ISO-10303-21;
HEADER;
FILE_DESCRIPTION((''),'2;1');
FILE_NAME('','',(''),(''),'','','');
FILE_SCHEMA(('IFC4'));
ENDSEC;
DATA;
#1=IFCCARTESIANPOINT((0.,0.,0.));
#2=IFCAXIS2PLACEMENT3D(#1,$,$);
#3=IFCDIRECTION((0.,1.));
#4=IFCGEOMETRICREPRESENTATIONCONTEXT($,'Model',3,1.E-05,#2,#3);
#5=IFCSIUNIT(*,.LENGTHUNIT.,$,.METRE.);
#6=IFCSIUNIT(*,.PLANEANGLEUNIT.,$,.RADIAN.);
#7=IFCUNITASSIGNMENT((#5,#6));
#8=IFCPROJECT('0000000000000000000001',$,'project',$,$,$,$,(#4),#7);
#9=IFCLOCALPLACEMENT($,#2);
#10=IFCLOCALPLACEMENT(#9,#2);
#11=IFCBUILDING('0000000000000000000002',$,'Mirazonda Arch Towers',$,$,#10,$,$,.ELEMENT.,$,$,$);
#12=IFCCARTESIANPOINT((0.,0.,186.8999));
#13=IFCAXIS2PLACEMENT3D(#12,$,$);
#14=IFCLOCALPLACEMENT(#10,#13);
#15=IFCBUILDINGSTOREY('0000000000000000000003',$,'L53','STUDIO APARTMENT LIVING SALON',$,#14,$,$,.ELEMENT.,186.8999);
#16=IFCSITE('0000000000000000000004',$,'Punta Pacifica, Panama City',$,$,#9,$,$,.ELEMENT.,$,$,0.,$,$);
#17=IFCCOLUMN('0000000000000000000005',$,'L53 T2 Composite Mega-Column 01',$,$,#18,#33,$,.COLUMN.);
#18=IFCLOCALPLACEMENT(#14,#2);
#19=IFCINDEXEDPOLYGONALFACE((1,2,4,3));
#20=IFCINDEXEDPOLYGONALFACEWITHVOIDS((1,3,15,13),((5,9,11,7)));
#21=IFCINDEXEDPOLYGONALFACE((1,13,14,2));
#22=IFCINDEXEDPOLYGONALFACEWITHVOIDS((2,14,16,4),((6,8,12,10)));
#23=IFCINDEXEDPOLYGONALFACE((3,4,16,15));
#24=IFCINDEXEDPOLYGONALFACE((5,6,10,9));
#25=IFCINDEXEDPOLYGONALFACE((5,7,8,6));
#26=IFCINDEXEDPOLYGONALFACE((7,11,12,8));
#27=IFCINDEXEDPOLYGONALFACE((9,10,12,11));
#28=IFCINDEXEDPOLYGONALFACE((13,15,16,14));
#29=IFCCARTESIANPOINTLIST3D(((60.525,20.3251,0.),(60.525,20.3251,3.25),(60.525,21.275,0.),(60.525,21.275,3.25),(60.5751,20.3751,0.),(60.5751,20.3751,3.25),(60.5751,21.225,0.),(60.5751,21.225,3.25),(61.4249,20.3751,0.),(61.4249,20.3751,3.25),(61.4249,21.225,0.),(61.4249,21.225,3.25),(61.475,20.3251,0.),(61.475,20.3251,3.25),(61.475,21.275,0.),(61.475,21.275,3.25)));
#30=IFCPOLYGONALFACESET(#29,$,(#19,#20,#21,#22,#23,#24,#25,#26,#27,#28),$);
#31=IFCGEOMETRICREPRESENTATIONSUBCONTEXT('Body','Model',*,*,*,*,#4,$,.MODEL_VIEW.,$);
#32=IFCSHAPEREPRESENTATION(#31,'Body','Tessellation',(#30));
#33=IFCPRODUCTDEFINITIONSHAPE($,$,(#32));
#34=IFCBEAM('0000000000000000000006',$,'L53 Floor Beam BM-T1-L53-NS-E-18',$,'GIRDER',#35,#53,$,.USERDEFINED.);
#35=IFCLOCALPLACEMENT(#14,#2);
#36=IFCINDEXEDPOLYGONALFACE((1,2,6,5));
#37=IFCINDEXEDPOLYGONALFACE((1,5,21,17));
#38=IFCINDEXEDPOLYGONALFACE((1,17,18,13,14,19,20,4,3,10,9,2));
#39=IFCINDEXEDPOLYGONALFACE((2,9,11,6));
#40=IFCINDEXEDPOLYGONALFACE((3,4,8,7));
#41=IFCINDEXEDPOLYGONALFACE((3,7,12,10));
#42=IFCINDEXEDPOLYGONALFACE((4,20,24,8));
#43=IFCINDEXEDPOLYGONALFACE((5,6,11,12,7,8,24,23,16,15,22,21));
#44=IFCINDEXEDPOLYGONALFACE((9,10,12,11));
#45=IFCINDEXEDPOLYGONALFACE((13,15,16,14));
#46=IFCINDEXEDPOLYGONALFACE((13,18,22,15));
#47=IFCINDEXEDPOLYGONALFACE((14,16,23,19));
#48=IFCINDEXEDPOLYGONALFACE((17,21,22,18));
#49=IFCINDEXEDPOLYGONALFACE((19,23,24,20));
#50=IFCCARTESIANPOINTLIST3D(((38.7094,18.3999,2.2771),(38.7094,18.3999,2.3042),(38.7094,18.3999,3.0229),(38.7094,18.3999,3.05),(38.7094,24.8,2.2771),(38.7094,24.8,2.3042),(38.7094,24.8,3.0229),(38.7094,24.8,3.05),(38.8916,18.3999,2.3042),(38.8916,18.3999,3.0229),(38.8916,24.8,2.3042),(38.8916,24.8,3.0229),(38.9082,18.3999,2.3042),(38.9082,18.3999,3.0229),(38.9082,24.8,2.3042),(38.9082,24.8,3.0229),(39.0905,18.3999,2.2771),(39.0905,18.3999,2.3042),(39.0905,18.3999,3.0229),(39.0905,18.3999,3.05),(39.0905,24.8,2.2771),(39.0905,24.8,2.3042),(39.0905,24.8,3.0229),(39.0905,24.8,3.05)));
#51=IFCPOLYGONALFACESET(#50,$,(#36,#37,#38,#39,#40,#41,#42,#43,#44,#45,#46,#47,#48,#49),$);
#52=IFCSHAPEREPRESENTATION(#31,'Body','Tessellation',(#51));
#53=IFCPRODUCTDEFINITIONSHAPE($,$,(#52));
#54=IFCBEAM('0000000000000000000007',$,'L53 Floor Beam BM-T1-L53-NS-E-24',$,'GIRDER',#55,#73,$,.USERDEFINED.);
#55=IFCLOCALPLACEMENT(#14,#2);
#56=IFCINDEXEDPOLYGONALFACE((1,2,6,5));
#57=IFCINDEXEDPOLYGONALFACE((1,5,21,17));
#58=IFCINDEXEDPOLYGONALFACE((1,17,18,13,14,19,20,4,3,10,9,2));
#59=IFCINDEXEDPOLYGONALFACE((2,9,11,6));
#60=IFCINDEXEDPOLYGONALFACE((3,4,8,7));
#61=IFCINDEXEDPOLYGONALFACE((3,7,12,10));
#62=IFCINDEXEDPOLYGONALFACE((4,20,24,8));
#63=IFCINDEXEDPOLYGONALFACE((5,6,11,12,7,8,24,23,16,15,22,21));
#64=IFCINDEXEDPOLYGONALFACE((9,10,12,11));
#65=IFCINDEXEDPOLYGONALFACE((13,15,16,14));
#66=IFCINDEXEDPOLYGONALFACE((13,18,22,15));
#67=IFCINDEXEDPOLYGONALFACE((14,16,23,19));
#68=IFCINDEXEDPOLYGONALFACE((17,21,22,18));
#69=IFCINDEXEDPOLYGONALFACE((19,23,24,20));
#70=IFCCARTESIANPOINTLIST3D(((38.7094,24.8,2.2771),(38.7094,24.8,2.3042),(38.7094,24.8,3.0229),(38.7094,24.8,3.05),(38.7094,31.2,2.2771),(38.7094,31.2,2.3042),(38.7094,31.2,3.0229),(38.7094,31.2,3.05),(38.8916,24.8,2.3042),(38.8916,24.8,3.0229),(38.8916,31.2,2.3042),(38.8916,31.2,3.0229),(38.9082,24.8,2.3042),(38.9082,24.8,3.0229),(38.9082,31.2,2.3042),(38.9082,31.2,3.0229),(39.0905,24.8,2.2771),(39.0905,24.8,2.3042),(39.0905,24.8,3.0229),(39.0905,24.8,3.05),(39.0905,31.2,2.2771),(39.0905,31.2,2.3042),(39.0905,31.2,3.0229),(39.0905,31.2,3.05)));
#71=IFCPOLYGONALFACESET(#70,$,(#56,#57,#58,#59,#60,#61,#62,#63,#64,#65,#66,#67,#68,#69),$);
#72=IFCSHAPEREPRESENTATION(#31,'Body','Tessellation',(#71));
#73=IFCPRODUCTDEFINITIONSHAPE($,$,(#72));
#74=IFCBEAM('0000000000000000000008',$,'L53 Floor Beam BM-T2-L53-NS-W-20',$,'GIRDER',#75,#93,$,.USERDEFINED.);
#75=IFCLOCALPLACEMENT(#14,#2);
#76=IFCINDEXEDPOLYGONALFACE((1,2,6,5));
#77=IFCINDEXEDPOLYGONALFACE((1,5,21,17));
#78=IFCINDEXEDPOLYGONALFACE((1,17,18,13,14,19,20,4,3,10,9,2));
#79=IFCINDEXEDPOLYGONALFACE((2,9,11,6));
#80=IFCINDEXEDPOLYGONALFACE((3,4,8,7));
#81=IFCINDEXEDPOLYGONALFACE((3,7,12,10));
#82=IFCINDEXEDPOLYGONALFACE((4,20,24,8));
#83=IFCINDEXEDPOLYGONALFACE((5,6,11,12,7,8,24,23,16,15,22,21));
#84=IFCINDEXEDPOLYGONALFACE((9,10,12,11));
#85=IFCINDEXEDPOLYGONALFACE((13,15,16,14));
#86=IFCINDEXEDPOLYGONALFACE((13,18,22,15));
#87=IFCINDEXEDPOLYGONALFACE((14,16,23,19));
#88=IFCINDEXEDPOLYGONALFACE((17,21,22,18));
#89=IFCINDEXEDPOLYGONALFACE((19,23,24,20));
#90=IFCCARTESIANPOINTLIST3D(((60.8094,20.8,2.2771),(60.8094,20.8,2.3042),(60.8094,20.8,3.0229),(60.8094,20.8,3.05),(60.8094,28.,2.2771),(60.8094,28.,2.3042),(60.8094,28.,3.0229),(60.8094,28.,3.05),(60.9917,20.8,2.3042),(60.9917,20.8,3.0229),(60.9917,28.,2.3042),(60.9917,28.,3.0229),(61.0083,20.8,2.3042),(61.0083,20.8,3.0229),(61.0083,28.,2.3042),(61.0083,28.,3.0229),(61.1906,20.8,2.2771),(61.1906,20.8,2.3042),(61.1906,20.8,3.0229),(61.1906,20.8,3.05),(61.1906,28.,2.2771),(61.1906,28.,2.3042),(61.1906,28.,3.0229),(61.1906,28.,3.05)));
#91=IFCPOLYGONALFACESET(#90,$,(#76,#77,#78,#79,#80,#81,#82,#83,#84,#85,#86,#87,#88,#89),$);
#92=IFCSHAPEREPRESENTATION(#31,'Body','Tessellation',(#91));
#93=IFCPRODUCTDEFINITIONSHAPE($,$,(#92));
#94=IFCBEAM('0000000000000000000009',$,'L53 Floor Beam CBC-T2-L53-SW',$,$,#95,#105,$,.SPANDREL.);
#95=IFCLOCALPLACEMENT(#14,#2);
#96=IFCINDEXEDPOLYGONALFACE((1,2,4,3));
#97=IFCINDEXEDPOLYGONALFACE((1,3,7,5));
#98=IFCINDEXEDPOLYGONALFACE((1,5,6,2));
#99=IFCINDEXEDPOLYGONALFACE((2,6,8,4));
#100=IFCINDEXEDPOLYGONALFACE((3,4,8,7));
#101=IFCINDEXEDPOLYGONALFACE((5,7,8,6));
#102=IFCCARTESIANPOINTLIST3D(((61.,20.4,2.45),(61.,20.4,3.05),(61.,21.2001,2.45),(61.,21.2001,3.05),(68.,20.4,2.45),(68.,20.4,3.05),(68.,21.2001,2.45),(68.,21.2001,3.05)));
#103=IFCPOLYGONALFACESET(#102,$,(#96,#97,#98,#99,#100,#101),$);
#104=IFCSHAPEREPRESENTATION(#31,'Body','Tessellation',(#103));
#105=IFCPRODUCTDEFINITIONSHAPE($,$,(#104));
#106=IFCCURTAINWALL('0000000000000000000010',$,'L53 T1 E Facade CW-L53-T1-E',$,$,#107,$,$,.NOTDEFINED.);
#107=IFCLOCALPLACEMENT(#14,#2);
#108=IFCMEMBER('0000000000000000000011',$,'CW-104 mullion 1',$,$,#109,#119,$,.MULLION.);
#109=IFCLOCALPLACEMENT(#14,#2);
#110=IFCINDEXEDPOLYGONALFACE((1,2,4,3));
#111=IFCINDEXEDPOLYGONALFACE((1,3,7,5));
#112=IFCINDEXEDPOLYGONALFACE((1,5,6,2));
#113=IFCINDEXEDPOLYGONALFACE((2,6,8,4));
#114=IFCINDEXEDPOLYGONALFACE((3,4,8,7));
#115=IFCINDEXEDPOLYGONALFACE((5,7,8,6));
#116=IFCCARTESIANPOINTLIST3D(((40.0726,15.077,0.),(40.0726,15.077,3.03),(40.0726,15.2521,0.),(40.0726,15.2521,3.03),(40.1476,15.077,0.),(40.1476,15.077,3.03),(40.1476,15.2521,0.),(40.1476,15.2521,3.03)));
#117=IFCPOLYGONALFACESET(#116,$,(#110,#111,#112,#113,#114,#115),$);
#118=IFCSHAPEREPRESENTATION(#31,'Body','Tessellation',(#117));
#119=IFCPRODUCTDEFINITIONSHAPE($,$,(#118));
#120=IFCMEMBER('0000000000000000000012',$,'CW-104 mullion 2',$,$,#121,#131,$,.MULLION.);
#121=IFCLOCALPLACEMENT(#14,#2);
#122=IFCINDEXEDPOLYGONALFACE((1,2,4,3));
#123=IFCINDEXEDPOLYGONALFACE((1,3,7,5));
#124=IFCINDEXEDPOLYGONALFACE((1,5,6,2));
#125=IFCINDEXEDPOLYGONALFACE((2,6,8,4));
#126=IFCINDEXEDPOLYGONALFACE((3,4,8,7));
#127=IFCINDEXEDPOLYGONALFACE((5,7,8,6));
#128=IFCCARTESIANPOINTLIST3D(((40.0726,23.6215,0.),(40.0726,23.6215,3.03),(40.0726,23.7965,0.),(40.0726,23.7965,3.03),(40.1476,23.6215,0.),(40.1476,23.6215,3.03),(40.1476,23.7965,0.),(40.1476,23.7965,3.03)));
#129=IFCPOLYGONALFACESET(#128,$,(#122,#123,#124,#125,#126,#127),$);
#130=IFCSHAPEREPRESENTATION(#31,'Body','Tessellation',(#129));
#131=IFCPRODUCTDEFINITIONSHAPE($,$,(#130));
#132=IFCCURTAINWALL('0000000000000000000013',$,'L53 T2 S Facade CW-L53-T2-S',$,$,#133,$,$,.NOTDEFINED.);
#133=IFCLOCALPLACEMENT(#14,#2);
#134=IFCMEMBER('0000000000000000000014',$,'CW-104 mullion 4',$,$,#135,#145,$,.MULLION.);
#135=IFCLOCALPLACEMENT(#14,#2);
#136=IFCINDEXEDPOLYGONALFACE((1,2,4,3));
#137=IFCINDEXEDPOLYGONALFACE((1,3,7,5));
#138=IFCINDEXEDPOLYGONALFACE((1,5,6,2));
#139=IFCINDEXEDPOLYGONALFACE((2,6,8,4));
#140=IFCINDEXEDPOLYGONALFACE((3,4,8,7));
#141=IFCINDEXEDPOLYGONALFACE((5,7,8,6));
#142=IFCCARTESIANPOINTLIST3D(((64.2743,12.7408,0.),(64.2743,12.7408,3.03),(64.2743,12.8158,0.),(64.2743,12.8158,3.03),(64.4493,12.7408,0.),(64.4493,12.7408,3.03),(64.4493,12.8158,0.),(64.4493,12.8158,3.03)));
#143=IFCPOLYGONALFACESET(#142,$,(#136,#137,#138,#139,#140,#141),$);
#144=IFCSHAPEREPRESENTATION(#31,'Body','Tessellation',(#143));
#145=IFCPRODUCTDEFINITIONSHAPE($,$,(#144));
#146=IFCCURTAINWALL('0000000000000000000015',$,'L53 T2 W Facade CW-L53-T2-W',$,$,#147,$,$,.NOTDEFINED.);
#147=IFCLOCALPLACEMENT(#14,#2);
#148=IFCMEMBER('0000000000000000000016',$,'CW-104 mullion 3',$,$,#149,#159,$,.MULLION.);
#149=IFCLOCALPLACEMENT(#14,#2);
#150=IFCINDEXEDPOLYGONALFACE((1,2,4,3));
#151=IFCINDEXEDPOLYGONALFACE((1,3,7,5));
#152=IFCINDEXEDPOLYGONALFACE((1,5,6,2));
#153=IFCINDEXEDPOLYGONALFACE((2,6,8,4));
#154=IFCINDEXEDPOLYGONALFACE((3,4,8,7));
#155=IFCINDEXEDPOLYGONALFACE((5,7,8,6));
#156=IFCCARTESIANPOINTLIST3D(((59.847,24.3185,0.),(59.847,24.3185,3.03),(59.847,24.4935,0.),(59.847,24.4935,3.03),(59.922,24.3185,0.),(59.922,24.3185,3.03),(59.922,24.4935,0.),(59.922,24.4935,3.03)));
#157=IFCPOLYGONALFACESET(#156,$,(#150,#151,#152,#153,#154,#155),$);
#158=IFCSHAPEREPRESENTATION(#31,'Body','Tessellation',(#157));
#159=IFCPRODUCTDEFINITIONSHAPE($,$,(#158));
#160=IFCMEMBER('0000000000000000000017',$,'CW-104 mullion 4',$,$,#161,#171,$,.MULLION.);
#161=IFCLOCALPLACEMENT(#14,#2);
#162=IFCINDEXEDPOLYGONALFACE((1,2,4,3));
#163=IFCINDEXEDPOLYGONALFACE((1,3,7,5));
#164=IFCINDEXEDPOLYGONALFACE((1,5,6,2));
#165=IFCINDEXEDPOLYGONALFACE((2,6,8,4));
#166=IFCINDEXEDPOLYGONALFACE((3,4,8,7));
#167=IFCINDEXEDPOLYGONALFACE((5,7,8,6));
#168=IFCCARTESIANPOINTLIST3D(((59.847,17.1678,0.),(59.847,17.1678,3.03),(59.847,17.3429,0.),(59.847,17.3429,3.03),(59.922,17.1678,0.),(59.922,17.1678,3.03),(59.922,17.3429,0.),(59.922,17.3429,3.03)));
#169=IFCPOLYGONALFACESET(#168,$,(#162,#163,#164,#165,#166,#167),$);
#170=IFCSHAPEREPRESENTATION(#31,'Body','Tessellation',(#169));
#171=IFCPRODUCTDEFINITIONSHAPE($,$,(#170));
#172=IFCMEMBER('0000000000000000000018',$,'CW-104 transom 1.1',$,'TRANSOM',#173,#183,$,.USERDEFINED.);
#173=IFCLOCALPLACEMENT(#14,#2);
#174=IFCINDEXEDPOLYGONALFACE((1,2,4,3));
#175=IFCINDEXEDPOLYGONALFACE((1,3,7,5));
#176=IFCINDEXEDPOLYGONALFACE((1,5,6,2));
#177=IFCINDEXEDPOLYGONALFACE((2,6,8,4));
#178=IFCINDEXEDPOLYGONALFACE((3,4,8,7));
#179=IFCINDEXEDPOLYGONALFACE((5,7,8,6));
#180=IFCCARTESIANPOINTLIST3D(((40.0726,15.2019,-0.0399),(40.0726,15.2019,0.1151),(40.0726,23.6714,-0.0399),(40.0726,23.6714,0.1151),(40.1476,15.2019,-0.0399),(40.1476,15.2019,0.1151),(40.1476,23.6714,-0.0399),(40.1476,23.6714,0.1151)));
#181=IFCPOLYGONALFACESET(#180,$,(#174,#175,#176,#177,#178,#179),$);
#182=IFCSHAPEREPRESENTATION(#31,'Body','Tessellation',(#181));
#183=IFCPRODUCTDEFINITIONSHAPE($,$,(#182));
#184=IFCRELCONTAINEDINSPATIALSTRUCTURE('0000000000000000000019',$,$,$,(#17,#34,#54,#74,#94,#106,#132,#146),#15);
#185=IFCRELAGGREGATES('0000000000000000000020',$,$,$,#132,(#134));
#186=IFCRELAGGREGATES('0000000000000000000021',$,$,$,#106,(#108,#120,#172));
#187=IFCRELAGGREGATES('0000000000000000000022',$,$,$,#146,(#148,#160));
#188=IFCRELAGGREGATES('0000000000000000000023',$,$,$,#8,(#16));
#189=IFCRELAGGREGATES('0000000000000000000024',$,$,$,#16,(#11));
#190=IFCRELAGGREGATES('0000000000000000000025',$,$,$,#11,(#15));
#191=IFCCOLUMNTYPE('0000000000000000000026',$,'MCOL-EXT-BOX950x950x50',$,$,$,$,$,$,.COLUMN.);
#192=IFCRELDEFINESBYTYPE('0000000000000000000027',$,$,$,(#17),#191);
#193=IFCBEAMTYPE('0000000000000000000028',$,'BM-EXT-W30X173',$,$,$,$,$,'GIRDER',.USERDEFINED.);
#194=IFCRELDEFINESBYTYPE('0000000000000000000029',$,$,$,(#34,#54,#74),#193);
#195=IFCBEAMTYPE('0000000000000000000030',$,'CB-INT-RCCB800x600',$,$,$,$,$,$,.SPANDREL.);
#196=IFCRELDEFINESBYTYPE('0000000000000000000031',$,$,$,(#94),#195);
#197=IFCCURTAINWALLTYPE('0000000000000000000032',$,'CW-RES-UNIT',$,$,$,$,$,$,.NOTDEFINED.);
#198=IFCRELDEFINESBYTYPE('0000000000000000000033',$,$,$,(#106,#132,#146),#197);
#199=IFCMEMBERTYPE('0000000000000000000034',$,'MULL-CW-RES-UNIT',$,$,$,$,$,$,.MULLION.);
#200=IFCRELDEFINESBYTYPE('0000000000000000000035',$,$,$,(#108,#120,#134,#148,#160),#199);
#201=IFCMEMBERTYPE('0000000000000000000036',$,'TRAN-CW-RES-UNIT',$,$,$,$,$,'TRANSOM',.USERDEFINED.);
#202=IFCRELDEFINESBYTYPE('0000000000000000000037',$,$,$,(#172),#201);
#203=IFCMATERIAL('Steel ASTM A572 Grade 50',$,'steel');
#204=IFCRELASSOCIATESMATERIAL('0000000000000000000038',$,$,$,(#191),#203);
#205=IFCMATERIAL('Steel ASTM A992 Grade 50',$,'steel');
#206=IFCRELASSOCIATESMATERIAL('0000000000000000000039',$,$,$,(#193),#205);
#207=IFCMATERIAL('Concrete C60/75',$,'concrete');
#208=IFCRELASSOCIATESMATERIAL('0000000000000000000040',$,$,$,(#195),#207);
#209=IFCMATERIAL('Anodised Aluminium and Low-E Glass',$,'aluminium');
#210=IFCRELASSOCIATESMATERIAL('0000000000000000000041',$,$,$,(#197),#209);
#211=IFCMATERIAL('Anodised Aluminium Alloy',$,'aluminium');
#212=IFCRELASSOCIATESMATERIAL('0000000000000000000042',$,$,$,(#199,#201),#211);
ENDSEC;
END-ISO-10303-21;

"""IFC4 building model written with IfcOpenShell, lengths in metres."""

from ifc_helpers import new_model, si_unit, direction, frame, origin, origin_2d, place, context, subcontext, project, spatial, rectangle, hollow_rectangle, i_section, extrude, material, material_profile, profile_set, type_object, element, aggregate, save


model = new_model("IFC4")

# Units and contexts
model_context = context("Model", 3, precision=1e-05, world=origin(), true_north=direction((0.0, 1.0)))
body_context = subcontext(model_context, "Body", "Model", "MODEL_VIEW")
ifc_project = project(units=[si_unit("LENGTHUNIT", "METRE"), si_unit("PLANEANGLEUNIT", "RADIAN")], contexts=[model_context])

# Site, building, storey
site_placement = place(None, origin())
site = spatial("IfcSite", under=ifc_project, at=site_placement, Name="Punta Pacifica, Panama City", CompositionType="ELEMENT", RefElevation=0.0)
building_placement = place(site_placement, origin())
building = spatial("IfcBuilding", under=site, at=building_placement, Name="Mirazonda Arch Towers", CompositionType="ELEMENT")
storey_placement = place(building_placement, frame((0.0, 0.0, 186.8999)))
storey = spatial("IfcBuildingStorey", under=building, at=storey_placement, Name="L53", Description="STUDIO APARTMENT LIVING SALON", CompositionType="ELEMENT", Elevation=186.8999)

# Column
ifc_material_1 = material(Name="Steel ASTM A572 Grade 50", Category="steel")
ifc_material_profile_1 = material_profile(ifc_material_1, hollow_rectangle(XDim=0.95, YDim=0.95, WallThickness=0.05, at=origin_2d()), Name="BOX950x950x50")
ifc_profile_set_1 = profile_set([ifc_material_profile_1], Name="Steel ASTM A572 Grade 50")
column_type = type_object("IfcColumnType", Name="MCOL-EXT-BOX950x950x50", PredefinedType="COLUMN", material=ifc_profile_set_1)
column_placement = place(storey_placement, frame((61.0, 20.8, 0.0), z_axis=(0.0, 0.0, 1.0), x_axis=(1.0, 0.0, 0.0)))
element("IfcColumn", 1, at=column_placement, inside=storey, type_object=column_type, Name="L53 T2 Composite Mega-Column 01", PredefinedType="COLUMN", context=body_context, shape_type="SweptSolid", body=[
    extrude(hollow_rectangle(XDim=0.95, YDim=0.95, WallThickness=0.05, at=origin_2d()), origin(), (0.0, 0.0, 1.0), 3.25),
])

# Beams
ifc_material_2 = material(Name="Steel ASTM A992 Grade 50", Category="steel")
ifc_material_profile_2 = material_profile(ifc_material_2, i_section(OverallWidth=0.3811, OverallDepth=0.7729, WebThickness=0.0166, FlangeThickness=0.0271, at=origin_2d()), Name="W30X173")
ifc_profile_set_2 = profile_set([ifc_material_profile_2], Name="Steel ASTM A992 Grade 50")
beam_type_1 = type_object("IfcBeamType", Name="BM-EXT-W30X173", ElementType="GIRDER", PredefinedType="USERDEFINED", material=ifc_profile_set_2)
beam_1_placement = place(storey_placement, frame((38.8999, 18.3999, 2.6636), z_axis=(0.0, 1.0, 0.0), x_axis=(-1.0, 0.0, 0.0)))
element("IfcBeam", 2, at=beam_1_placement, inside=storey, type_object=beam_type_1, Name="L53 Floor Beam BM-T1-L53-NS-E-18", ObjectType="GIRDER", PredefinedType="USERDEFINED", context=body_context, shape_type="SweptSolid", body=[
    extrude(i_section(OverallWidth=0.3811, OverallDepth=0.7729, WebThickness=0.0166, FlangeThickness=0.0271, at=origin_2d()), origin(), (0.0, 0.0, 1.0), 6.4001),
])
beam_2_placement = place(storey_placement, frame((38.8999, 24.8, 2.6636), z_axis=(0.0, 1.0, 0.0), x_axis=(-1.0, 0.0, 0.0)))
element("IfcBeam", 3, at=beam_2_placement, inside=storey, type_object=beam_type_1, Name="L53 Floor Beam BM-T1-L53-NS-E-24", ObjectType="GIRDER", PredefinedType="USERDEFINED", context=body_context, shape_type="SweptSolid", body=[
    extrude(i_section(OverallWidth=0.3811, OverallDepth=0.7729, WebThickness=0.0166, FlangeThickness=0.0271, at=origin_2d()), origin(), (0.0, 0.0, 1.0), 6.3999),
])
beam_3_placement = place(storey_placement, frame((61.0, 20.8, 2.6636), z_axis=(0.0, 1.0, 0.0), x_axis=(-1.0, 0.0, 0.0)))
element("IfcBeam", 4, at=beam_3_placement, inside=storey, type_object=beam_type_1, Name="L53 Floor Beam BM-T2-L53-NS-W-20", ObjectType="GIRDER", PredefinedType="USERDEFINED", context=body_context, shape_type="SweptSolid", body=[
    extrude(i_section(OverallWidth=0.3811, OverallDepth=0.7729, WebThickness=0.0166, FlangeThickness=0.0271, at=origin_2d()), origin(), (0.0, 0.0, 1.0), 7.2),
])
ifc_material_3 = material(Name="Concrete C60/75", Category="concrete")
ifc_material_profile_3 = material_profile(ifc_material_3, rectangle(XDim=0.8, YDim=0.6001, at=origin_2d()), Name="RCCB800x600")
ifc_profile_set_3 = profile_set([ifc_material_profile_3], Name="Concrete C60/75")
beam_type_2 = type_object("IfcBeamType", Name="CB-INT-RCCB800x600", PredefinedType="SPANDREL", material=ifc_profile_set_3)
beam_4_placement = place(storey_placement, frame((61.0, 20.8, 2.75), z_axis=(1.0, 0.0, 0.0), x_axis=(0.0, 1.0, 0.0)))
element("IfcBeam", 5, at=beam_4_placement, inside=storey, type_object=beam_type_2, Name="L53 Floor Beam CBC-T2-L53-SW", PredefinedType="SPANDREL", context=body_context, shape_type="SweptSolid", body=[
    extrude(rectangle(XDim=0.8, YDim=0.6001, at=origin_2d()), origin(), (0.0, 0.0, 1.0), 7.0),
])

# Curtain wall, members
ifc_material_4 = material(Name="Anodised Aluminium and Low-E Glass", Category="aluminium")
curtain_wall_type = type_object("IfcCurtainWallType", Name="CW-RES-UNIT", PredefinedType="NOTDEFINED", material=ifc_material_4)
curtain_wall_1_placement = place(storey_placement, origin())
curtain_wall_1 = element("IfcCurtainWall", 6, at=curtain_wall_1_placement, inside=storey, type_object=curtain_wall_type, Name="L53 T1 E Facade CW-L53-T1-E", PredefinedType="NOTDEFINED")
ifc_material_5 = material(Name="Anodised Aluminium Alloy", Category="aluminium")
ifc_material_profile_4 = material_profile(ifc_material_5, rectangle(XDim=0.075, YDim=0.175, at=origin_2d()), Name="ALU-MULL-75x175")
ifc_profile_set_4 = profile_set([ifc_material_profile_4], Name="Anodised Aluminium Alloy")
member_type_1 = type_object("IfcMemberType", Name="MULL-CW-RES-UNIT", PredefinedType="MULLION", material=ifc_profile_set_4)
member_1_placement = place(storey_placement, frame((40.1101, 15.1646, 0.0), z_axis=(0.0, 0.0, 1.0), x_axis=(-1.0, 0.0, 0.0)))
member_1 = element("IfcMember", 7, at=member_1_placement, type_object=member_type_1, Name="CW-104 mullion 1", PredefinedType="MULLION", context=body_context, shape_type="SweptSolid", body=[
    extrude(rectangle(XDim=0.075, YDim=0.175, at=origin_2d()), origin(), (0.0, 0.0, 1.0), 3.03),
])
member_2_placement = place(storey_placement, frame((40.1101, 23.709, 0.0), z_axis=(0.0, 0.0, 1.0), x_axis=(-1.0, 0.0, 0.0)))
member_2 = element("IfcMember", 8, at=member_2_placement, type_object=member_type_1, Name="CW-104 mullion 2", PredefinedType="MULLION", context=body_context, shape_type="SweptSolid", body=[
    extrude(rectangle(XDim=0.075, YDim=0.175, at=origin_2d()), origin(), (0.0, 0.0, 1.0), 3.03),
])

# Curtain wall, member
curtain_wall_2_placement = place(storey_placement, origin())
curtain_wall_2 = element("IfcCurtainWall", 9, at=curtain_wall_2_placement, inside=storey, type_object=curtain_wall_type, Name="L53 T2 S Facade CW-L53-T2-S", PredefinedType="NOTDEFINED")
member_3_placement = place(storey_placement, frame((64.3618, 12.7783, 0.0), z_axis=(0.0, 0.0, 1.0), x_axis=(0.0, -1.0, 0.0)))
member_3 = element("IfcMember", 10, at=member_3_placement, type_object=member_type_1, Name="CW-104 mullion 4", PredefinedType="MULLION", context=body_context, shape_type="SweptSolid", body=[
    extrude(rectangle(XDim=0.075, YDim=0.175, at=origin_2d()), origin(), (0.0, 0.0, 1.0), 3.03),
])
aggregate(curtain_wall_2, [member_3])

# Curtain wall, members
curtain_wall_3_placement = place(storey_placement, origin())
curtain_wall_3 = element("IfcCurtainWall", 11, at=curtain_wall_3_placement, inside=storey, type_object=curtain_wall_type, Name="L53 T2 W Facade CW-L53-T2-W", PredefinedType="NOTDEFINED")
member_4_placement = place(storey_placement, frame((59.8845, 24.406, 0.0), z_axis=(0.0, 0.0, 1.0), x_axis=(1.0, 0.0, 0.0)))
member_4 = element("IfcMember", 12, at=member_4_placement, type_object=member_type_1, Name="CW-104 mullion 3", PredefinedType="MULLION", context=body_context, shape_type="SweptSolid", body=[
    extrude(rectangle(XDim=0.075, YDim=0.175, at=origin_2d()), origin(), (0.0, 0.0, 1.0), 3.03),
])
member_5_placement = place(storey_placement, frame((59.8845, 17.2554, 0.0), z_axis=(0.0, 0.0, 1.0), x_axis=(1.0, 0.0, 0.0)))
member_5 = element("IfcMember", 13, at=member_5_placement, type_object=member_type_1, Name="CW-104 mullion 4", PredefinedType="MULLION", context=body_context, shape_type="SweptSolid", body=[
    extrude(rectangle(XDim=0.075, YDim=0.175, at=origin_2d()), origin(), (0.0, 0.0, 1.0), 3.03),
])

# Member
ifc_material_profile_5 = material_profile(ifc_material_5, rectangle(XDim=0.075, YDim=0.155, at=origin_2d()), Name="ALU-TRAN-75x155")
ifc_profile_set_5 = profile_set([ifc_material_profile_5], Name="Anodised Aluminium Alloy")
member_type_2 = type_object("IfcMemberType", Name="TRAN-CW-RES-UNIT", ElementType="TRANSOM", PredefinedType="USERDEFINED", material=ifc_profile_set_5)
member_6_placement = place(storey_placement, frame((40.1101, 15.2019, 0.0376), z_axis=(0.0, 1.0, 0.0), x_axis=(-1.0, 0.0, 0.0)))
member_6 = element("IfcMember", 14, at=member_6_placement, type_object=member_type_2, Name="CW-104 transom 1.1", ObjectType="TRANSOM", PredefinedType="USERDEFINED", context=body_context, shape_type="SweptSolid", body=[
    extrude(rectangle(XDim=0.075, YDim=0.155, at=origin_2d()), origin(), (0.0, 0.0, 1.0), 8.4695),
])

aggregate(curtain_wall_1, [member_1, member_2, member_6])
aggregate(curtain_wall_3, [member_4, member_5])

save(model, "model.ifc")
